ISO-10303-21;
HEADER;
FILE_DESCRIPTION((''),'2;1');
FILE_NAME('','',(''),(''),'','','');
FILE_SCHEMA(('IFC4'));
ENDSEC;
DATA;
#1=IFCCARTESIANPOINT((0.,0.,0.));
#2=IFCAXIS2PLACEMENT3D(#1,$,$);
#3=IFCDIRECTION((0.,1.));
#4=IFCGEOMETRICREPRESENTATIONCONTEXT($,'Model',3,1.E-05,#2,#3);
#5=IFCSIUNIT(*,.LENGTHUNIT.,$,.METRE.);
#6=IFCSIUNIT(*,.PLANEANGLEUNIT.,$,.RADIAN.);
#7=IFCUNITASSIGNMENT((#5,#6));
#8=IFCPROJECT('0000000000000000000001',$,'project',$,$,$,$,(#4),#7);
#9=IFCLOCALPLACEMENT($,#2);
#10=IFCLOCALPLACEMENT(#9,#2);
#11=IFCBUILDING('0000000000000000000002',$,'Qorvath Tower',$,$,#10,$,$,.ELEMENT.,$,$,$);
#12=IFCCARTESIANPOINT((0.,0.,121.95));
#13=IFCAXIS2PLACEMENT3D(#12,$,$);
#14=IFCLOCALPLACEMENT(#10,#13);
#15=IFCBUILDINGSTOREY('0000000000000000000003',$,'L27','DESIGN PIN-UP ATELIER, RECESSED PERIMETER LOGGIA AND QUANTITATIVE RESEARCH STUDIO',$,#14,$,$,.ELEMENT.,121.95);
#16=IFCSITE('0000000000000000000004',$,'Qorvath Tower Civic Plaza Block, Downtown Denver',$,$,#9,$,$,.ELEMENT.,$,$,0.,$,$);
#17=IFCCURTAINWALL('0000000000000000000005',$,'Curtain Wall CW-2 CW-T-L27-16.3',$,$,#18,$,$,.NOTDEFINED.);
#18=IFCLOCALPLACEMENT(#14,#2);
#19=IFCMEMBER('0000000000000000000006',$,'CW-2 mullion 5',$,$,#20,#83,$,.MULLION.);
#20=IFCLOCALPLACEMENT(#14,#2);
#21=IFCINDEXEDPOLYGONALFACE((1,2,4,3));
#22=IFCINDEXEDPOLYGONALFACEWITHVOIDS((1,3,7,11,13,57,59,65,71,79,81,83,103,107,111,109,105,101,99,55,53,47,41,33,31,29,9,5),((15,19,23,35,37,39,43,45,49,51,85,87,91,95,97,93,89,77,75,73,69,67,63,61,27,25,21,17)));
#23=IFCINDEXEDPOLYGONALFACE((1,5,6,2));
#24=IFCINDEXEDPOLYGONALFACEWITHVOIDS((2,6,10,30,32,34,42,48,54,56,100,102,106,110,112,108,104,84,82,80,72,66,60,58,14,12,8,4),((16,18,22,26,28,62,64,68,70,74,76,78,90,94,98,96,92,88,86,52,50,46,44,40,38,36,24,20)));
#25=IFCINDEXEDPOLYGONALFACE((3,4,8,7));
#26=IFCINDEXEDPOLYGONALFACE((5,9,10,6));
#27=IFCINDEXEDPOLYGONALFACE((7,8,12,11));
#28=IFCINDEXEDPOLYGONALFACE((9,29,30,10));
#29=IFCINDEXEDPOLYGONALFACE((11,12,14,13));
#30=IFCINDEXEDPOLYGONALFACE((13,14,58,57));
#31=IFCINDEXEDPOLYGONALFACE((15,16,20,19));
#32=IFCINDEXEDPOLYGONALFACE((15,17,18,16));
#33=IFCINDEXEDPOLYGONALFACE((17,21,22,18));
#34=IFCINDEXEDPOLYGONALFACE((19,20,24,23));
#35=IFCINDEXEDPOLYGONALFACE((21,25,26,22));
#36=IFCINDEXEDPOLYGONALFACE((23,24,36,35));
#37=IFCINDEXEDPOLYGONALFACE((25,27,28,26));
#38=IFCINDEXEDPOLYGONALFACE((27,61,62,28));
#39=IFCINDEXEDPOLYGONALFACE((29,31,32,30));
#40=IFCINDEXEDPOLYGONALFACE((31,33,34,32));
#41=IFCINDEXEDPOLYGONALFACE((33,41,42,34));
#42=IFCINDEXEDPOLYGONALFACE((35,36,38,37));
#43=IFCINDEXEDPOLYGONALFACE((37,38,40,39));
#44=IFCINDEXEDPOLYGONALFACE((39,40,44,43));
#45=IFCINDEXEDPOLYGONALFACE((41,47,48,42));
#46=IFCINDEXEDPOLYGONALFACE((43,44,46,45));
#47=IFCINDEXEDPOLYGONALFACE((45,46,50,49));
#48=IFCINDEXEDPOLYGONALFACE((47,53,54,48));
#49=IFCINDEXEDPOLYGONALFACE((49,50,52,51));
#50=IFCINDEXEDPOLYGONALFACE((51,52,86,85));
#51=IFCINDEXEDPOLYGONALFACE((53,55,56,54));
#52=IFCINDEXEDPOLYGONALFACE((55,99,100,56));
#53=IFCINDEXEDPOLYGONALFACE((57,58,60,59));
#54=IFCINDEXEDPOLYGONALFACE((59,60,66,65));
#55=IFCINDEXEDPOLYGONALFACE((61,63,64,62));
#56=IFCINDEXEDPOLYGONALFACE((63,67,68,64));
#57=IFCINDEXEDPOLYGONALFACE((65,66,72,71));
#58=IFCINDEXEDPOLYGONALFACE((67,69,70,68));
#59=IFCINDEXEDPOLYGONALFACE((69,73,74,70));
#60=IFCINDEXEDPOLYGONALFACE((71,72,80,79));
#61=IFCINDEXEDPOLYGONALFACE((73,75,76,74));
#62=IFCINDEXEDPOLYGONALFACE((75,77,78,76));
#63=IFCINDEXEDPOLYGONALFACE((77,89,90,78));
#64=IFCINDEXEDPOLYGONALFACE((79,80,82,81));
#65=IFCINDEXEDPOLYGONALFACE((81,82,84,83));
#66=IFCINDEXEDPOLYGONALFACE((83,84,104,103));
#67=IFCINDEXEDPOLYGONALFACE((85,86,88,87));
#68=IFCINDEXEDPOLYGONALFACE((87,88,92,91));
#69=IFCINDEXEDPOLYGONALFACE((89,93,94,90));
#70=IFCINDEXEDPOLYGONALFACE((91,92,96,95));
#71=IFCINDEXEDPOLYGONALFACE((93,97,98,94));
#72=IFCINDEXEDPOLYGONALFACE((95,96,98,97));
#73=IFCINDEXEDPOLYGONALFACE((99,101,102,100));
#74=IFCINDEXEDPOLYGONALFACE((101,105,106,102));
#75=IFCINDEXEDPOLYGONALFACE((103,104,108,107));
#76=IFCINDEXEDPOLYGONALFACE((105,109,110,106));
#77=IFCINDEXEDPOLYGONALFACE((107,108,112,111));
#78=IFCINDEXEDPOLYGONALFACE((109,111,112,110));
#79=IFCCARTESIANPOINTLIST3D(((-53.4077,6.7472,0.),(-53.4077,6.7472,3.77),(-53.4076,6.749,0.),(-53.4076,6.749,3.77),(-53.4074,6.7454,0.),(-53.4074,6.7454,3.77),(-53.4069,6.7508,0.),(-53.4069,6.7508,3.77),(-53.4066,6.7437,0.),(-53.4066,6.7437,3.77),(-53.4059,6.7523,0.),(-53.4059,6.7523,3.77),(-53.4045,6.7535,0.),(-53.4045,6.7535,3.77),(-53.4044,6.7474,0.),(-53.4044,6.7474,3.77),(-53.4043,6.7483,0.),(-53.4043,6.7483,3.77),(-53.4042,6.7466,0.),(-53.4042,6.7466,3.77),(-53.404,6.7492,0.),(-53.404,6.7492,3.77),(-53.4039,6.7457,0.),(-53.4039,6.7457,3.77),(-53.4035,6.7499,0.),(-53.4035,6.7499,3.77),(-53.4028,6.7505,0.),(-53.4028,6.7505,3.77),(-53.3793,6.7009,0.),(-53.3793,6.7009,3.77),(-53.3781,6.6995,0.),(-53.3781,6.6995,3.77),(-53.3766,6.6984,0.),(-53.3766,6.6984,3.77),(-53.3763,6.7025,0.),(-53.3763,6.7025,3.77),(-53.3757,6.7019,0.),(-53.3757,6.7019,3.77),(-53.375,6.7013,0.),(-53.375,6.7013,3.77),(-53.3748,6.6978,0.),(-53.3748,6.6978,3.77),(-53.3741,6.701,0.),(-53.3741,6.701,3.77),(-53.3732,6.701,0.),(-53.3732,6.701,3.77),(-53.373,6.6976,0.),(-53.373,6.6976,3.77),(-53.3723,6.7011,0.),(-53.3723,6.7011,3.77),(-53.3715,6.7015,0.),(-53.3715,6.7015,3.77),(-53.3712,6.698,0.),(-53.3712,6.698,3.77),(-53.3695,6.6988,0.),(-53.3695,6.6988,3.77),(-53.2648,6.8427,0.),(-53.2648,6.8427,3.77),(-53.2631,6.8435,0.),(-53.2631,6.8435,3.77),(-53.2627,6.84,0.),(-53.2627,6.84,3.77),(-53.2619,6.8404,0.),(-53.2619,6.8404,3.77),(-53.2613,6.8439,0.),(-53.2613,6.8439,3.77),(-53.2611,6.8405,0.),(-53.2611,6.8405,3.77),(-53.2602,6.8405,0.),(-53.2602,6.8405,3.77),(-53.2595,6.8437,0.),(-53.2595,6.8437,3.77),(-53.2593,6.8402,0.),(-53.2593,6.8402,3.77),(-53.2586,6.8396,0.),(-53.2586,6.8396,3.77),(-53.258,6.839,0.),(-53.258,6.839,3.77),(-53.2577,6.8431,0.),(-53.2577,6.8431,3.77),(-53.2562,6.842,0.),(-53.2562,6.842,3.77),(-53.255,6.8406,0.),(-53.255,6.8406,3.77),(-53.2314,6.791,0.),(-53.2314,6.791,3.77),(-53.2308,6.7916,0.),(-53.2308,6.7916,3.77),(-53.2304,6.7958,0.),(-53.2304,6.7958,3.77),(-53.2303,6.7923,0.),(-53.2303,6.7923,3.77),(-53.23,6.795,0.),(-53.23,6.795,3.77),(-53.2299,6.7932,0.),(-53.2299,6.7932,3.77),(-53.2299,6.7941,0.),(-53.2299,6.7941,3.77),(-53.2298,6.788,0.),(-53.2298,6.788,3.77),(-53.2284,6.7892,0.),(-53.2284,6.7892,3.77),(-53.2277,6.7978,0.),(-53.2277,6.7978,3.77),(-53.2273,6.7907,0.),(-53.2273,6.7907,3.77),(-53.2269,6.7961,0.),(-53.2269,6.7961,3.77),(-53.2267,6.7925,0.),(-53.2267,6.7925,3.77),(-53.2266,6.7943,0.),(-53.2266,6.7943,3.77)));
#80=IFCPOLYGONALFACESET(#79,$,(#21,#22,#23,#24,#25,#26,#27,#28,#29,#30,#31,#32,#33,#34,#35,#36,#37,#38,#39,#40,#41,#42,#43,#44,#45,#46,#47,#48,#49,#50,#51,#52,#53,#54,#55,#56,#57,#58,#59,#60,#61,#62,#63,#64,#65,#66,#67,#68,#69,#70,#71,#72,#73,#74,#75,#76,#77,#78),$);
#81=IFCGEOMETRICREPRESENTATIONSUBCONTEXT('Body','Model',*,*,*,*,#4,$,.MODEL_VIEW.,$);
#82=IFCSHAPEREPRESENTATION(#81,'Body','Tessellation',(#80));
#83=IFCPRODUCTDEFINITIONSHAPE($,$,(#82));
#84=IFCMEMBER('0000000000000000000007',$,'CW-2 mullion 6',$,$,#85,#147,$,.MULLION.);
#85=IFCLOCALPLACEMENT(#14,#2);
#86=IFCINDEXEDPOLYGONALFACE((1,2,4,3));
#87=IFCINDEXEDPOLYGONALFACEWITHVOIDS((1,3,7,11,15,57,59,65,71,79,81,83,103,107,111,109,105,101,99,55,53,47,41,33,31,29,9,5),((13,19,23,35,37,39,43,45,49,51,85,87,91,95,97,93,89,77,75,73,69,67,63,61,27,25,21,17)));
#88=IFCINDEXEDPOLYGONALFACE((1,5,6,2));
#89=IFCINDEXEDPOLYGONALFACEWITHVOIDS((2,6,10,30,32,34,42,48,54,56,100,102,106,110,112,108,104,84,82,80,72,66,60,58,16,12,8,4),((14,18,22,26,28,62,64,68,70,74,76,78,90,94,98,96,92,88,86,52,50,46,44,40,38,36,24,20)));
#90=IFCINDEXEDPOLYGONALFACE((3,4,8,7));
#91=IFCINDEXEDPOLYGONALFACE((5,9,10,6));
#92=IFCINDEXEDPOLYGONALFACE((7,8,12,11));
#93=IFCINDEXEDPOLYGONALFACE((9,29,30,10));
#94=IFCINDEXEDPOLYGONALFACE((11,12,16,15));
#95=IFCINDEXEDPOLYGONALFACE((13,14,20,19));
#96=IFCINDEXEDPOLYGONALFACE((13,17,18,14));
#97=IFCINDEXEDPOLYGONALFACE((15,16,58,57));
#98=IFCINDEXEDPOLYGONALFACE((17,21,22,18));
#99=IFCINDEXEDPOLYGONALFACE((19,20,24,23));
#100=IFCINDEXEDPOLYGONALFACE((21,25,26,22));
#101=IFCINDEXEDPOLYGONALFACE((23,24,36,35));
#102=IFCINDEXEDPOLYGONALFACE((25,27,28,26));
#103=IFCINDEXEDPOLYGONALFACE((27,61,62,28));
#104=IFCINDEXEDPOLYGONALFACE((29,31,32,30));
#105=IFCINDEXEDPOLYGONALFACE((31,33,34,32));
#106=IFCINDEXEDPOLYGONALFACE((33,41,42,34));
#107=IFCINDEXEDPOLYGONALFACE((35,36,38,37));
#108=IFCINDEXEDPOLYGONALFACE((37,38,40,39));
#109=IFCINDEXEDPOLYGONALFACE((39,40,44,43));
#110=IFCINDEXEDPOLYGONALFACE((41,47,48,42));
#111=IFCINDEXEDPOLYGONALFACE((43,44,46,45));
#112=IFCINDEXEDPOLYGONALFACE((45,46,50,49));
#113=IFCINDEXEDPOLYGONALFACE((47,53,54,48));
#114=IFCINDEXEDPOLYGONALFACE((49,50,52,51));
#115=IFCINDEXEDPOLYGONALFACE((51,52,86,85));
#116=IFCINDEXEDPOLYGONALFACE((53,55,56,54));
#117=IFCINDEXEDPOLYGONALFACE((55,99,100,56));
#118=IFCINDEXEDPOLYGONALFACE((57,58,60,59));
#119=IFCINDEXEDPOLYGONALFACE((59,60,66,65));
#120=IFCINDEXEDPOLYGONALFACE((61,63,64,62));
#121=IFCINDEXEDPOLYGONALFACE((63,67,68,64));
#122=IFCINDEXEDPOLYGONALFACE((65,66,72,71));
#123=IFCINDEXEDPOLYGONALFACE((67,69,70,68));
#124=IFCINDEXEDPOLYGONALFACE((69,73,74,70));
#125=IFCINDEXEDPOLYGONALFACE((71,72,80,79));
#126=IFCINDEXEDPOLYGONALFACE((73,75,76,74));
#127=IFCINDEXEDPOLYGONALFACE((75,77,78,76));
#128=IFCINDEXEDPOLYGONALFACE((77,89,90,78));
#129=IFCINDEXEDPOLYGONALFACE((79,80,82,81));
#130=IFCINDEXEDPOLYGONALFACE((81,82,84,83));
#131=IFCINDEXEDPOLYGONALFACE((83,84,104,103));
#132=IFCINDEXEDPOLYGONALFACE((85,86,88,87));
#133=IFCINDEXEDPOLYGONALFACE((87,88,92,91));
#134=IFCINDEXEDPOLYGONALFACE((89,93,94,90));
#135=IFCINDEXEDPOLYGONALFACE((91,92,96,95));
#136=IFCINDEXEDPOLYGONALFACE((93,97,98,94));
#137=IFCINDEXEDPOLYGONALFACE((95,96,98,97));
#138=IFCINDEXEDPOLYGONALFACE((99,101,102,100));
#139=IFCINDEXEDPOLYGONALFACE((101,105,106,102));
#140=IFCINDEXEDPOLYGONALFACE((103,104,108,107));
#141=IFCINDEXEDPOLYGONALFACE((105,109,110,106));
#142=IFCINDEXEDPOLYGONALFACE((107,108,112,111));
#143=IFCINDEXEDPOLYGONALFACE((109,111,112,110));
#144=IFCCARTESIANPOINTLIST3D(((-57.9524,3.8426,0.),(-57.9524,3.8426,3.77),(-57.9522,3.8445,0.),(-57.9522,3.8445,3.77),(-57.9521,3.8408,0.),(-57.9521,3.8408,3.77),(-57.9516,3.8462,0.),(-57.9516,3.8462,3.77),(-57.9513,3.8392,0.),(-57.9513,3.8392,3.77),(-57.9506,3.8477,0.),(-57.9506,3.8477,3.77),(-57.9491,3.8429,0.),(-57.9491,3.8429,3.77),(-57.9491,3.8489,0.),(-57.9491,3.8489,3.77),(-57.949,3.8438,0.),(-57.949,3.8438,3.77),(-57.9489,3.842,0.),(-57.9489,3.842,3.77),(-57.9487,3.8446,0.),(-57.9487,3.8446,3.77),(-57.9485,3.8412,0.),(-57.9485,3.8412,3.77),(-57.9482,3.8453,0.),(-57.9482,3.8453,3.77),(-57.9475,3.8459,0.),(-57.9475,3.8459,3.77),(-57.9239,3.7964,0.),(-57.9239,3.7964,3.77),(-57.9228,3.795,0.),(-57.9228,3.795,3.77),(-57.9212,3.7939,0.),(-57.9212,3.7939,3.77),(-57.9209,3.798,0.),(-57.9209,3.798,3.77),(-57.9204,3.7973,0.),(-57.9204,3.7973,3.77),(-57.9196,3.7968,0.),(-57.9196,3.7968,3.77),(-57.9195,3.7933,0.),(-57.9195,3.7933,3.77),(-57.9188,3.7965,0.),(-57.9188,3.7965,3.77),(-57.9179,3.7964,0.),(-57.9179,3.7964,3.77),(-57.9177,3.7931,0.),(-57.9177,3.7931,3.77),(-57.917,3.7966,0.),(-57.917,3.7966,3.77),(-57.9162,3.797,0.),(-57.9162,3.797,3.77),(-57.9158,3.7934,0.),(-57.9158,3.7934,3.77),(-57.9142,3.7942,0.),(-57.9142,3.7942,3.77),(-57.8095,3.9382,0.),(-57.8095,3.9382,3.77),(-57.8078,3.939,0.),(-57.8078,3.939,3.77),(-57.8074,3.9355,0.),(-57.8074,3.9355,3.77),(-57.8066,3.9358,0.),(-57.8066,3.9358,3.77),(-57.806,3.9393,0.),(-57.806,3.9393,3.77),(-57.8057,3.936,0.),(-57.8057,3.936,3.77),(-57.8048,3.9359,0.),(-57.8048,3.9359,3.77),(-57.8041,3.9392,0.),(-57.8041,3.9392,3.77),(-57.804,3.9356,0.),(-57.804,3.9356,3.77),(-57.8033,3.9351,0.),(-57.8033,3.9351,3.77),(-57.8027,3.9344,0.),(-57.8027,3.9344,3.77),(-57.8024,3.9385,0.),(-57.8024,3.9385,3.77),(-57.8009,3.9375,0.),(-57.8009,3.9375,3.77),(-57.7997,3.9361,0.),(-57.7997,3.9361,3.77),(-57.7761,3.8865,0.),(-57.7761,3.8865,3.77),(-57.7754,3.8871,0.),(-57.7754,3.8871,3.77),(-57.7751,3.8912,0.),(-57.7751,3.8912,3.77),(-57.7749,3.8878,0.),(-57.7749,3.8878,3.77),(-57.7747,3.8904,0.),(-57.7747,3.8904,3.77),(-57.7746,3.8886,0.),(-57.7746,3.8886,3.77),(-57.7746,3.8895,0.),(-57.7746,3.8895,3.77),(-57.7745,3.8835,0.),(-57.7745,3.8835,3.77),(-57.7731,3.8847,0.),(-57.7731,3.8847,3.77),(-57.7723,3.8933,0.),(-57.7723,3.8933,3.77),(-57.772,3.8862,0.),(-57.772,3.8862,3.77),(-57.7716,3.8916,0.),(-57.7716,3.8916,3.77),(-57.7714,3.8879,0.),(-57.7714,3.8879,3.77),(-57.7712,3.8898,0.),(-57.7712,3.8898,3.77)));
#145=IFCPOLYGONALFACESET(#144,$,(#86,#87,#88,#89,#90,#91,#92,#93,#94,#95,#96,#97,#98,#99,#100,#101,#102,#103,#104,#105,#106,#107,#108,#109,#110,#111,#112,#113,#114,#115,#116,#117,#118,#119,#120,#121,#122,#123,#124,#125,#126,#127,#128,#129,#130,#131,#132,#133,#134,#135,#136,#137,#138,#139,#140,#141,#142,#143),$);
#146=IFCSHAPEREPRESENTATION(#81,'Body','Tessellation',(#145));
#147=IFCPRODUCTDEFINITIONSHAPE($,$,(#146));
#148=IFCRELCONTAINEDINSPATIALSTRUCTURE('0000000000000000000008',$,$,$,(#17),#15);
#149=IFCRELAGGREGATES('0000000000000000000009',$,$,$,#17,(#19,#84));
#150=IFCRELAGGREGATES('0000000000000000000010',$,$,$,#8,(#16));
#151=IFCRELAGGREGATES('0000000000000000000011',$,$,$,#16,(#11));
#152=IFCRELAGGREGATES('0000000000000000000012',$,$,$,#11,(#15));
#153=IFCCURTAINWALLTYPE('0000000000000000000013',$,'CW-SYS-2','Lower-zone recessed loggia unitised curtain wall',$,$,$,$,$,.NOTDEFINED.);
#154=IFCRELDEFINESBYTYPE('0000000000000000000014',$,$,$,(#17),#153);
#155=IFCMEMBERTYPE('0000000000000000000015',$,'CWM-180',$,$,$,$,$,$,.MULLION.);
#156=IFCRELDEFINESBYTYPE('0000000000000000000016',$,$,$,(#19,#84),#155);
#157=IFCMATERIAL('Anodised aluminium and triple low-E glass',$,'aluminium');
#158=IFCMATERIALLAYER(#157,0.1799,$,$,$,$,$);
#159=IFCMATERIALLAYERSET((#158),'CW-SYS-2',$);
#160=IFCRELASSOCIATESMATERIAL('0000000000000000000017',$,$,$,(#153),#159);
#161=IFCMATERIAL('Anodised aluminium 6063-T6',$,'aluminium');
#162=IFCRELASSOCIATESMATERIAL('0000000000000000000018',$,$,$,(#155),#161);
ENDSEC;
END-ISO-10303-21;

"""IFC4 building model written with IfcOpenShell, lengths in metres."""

from ifc_helpers import new_model, si_unit, direction, frame, origin, origin_2d, place, context, subcontext, project, spatial, hollow_rectangle, extrude, material, layer, layer_set, material_profile, profile_set, type_object, element, aggregate, save


model = new_model("IFC4")

# Units and contexts
model_context = context("Model", 3, precision=1e-05, world=origin(), true_north=direction((0.0, 1.0)))
body_context = subcontext(model_context, "Body", "Model", "MODEL_VIEW")
ifc_project = project(units=[si_unit("LENGTHUNIT", "METRE"), si_unit("PLANEANGLEUNIT", "RADIAN")], contexts=[model_context])

# Site, building, storey
site_placement = place(None, origin())
site = spatial("IfcSite", under=ifc_project, at=site_placement, Name="Qorvath Tower Civic Plaza Block, Downtown Denver", CompositionType="ELEMENT", RefElevation=0.0)
building_placement = place(site_placement, origin())
building = spatial("IfcBuilding", under=site, at=building_placement, Name="Qorvath Tower", CompositionType="ELEMENT")
storey_placement = place(building_placement, frame((0.0, 0.0, 121.95)))
storey = spatial("IfcBuildingStorey", under=building, at=storey_placement, Name="L27", Description="DESIGN PIN-UP ATELIER, RECESSED PERIMETER LOGGIA AND QUANTITATIVE RESEARCH STUDIO", CompositionType="ELEMENT", Elevation=121.95)

# Curtain wall, members
ifc_material_1 = material(Name="Anodised aluminium and triple low-E glass", Category="aluminium")
ifc_layer_1 = layer(ifc_material_1, 0.1799)
ifc_layer_set_1 = layer_set([ifc_layer_1], Name="CW-SYS-2")
curtain_wall_type = type_object("IfcCurtainWallType", Name="CW-SYS-2", Description="Lower-zone recessed loggia unitised curtain wall", PredefinedType="NOTDEFINED", material=ifc_layer_set_1)
curtain_wall_placement = place(storey_placement, origin())
curtain_wall = element("IfcCurtainWall", 1, at=curtain_wall_placement, inside=storey, type_object=curtain_wall_type, Name="Curtain Wall CW-2 CW-T-L27-16.3", PredefinedType="NOTDEFINED")
ifc_material_2 = material(Name="Anodised aluminium 6063-T6", Category="aluminium")
ifc_material_profile_1 = material_profile(ifc_material_2, hollow_rectangle(XDim=0.0649, YDim=0.1799, WallThickness=0.0034, InnerFilletRadius=0.0034, OuterFilletRadius=0.0071, at=origin_2d()), Name="CWM 180x65")
ifc_profile_set_1 = profile_set([ifc_material_profile_1], Name="Anodised aluminium 6063-T6")
member_type_1 = type_object("IfcMemberType", Name="CWM-180", PredefinedType="MULLION", material=ifc_profile_set_1)
member_1_placement = place(storey_placement, frame((-53.3171, 6.7708, 0.0), z_axis=(0.0, 0.0, 1.0), x_axis=(0.538534, -0.842604, 0.0)))
member_1 = element("IfcMember", 2, at=member_1_placement, type_object=member_type_1, Name="CW-2 mullion 5", PredefinedType="MULLION", context=body_context, shape_type="SweptSolid", body=[
    extrude(hollow_rectangle(XDim=0.0649, YDim=0.1799, WallThickness=0.0034, InnerFilletRadius=0.0034, OuterFilletRadius=0.0071, at=origin_2d()), origin(), (0.0, 0.0, 1.0), 3.77),
])
member_2_placement = place(storey_placement, frame((-57.8618, 3.8662, 0.0), z_axis=(0.0, 0.0, 1.0), x_axis=(0.538534, -0.842604, 0.0)))
member_2 = element("IfcMember", 3, at=member_2_placement, type_object=member_type_1, Name="CW-2 mullion 6", PredefinedType="MULLION", context=body_context, shape_type="SweptSolid", body=[
    extrude(hollow_rectangle(XDim=0.0649, YDim=0.1799, WallThickness=0.0034, InnerFilletRadius=0.0034, OuterFilletRadius=0.0071, at=origin_2d()), origin(), (0.0, 0.0, 1.0), 3.77),
])
aggregate(curtain_wall, [member_1, member_2])

save(model, "model.ifc")
